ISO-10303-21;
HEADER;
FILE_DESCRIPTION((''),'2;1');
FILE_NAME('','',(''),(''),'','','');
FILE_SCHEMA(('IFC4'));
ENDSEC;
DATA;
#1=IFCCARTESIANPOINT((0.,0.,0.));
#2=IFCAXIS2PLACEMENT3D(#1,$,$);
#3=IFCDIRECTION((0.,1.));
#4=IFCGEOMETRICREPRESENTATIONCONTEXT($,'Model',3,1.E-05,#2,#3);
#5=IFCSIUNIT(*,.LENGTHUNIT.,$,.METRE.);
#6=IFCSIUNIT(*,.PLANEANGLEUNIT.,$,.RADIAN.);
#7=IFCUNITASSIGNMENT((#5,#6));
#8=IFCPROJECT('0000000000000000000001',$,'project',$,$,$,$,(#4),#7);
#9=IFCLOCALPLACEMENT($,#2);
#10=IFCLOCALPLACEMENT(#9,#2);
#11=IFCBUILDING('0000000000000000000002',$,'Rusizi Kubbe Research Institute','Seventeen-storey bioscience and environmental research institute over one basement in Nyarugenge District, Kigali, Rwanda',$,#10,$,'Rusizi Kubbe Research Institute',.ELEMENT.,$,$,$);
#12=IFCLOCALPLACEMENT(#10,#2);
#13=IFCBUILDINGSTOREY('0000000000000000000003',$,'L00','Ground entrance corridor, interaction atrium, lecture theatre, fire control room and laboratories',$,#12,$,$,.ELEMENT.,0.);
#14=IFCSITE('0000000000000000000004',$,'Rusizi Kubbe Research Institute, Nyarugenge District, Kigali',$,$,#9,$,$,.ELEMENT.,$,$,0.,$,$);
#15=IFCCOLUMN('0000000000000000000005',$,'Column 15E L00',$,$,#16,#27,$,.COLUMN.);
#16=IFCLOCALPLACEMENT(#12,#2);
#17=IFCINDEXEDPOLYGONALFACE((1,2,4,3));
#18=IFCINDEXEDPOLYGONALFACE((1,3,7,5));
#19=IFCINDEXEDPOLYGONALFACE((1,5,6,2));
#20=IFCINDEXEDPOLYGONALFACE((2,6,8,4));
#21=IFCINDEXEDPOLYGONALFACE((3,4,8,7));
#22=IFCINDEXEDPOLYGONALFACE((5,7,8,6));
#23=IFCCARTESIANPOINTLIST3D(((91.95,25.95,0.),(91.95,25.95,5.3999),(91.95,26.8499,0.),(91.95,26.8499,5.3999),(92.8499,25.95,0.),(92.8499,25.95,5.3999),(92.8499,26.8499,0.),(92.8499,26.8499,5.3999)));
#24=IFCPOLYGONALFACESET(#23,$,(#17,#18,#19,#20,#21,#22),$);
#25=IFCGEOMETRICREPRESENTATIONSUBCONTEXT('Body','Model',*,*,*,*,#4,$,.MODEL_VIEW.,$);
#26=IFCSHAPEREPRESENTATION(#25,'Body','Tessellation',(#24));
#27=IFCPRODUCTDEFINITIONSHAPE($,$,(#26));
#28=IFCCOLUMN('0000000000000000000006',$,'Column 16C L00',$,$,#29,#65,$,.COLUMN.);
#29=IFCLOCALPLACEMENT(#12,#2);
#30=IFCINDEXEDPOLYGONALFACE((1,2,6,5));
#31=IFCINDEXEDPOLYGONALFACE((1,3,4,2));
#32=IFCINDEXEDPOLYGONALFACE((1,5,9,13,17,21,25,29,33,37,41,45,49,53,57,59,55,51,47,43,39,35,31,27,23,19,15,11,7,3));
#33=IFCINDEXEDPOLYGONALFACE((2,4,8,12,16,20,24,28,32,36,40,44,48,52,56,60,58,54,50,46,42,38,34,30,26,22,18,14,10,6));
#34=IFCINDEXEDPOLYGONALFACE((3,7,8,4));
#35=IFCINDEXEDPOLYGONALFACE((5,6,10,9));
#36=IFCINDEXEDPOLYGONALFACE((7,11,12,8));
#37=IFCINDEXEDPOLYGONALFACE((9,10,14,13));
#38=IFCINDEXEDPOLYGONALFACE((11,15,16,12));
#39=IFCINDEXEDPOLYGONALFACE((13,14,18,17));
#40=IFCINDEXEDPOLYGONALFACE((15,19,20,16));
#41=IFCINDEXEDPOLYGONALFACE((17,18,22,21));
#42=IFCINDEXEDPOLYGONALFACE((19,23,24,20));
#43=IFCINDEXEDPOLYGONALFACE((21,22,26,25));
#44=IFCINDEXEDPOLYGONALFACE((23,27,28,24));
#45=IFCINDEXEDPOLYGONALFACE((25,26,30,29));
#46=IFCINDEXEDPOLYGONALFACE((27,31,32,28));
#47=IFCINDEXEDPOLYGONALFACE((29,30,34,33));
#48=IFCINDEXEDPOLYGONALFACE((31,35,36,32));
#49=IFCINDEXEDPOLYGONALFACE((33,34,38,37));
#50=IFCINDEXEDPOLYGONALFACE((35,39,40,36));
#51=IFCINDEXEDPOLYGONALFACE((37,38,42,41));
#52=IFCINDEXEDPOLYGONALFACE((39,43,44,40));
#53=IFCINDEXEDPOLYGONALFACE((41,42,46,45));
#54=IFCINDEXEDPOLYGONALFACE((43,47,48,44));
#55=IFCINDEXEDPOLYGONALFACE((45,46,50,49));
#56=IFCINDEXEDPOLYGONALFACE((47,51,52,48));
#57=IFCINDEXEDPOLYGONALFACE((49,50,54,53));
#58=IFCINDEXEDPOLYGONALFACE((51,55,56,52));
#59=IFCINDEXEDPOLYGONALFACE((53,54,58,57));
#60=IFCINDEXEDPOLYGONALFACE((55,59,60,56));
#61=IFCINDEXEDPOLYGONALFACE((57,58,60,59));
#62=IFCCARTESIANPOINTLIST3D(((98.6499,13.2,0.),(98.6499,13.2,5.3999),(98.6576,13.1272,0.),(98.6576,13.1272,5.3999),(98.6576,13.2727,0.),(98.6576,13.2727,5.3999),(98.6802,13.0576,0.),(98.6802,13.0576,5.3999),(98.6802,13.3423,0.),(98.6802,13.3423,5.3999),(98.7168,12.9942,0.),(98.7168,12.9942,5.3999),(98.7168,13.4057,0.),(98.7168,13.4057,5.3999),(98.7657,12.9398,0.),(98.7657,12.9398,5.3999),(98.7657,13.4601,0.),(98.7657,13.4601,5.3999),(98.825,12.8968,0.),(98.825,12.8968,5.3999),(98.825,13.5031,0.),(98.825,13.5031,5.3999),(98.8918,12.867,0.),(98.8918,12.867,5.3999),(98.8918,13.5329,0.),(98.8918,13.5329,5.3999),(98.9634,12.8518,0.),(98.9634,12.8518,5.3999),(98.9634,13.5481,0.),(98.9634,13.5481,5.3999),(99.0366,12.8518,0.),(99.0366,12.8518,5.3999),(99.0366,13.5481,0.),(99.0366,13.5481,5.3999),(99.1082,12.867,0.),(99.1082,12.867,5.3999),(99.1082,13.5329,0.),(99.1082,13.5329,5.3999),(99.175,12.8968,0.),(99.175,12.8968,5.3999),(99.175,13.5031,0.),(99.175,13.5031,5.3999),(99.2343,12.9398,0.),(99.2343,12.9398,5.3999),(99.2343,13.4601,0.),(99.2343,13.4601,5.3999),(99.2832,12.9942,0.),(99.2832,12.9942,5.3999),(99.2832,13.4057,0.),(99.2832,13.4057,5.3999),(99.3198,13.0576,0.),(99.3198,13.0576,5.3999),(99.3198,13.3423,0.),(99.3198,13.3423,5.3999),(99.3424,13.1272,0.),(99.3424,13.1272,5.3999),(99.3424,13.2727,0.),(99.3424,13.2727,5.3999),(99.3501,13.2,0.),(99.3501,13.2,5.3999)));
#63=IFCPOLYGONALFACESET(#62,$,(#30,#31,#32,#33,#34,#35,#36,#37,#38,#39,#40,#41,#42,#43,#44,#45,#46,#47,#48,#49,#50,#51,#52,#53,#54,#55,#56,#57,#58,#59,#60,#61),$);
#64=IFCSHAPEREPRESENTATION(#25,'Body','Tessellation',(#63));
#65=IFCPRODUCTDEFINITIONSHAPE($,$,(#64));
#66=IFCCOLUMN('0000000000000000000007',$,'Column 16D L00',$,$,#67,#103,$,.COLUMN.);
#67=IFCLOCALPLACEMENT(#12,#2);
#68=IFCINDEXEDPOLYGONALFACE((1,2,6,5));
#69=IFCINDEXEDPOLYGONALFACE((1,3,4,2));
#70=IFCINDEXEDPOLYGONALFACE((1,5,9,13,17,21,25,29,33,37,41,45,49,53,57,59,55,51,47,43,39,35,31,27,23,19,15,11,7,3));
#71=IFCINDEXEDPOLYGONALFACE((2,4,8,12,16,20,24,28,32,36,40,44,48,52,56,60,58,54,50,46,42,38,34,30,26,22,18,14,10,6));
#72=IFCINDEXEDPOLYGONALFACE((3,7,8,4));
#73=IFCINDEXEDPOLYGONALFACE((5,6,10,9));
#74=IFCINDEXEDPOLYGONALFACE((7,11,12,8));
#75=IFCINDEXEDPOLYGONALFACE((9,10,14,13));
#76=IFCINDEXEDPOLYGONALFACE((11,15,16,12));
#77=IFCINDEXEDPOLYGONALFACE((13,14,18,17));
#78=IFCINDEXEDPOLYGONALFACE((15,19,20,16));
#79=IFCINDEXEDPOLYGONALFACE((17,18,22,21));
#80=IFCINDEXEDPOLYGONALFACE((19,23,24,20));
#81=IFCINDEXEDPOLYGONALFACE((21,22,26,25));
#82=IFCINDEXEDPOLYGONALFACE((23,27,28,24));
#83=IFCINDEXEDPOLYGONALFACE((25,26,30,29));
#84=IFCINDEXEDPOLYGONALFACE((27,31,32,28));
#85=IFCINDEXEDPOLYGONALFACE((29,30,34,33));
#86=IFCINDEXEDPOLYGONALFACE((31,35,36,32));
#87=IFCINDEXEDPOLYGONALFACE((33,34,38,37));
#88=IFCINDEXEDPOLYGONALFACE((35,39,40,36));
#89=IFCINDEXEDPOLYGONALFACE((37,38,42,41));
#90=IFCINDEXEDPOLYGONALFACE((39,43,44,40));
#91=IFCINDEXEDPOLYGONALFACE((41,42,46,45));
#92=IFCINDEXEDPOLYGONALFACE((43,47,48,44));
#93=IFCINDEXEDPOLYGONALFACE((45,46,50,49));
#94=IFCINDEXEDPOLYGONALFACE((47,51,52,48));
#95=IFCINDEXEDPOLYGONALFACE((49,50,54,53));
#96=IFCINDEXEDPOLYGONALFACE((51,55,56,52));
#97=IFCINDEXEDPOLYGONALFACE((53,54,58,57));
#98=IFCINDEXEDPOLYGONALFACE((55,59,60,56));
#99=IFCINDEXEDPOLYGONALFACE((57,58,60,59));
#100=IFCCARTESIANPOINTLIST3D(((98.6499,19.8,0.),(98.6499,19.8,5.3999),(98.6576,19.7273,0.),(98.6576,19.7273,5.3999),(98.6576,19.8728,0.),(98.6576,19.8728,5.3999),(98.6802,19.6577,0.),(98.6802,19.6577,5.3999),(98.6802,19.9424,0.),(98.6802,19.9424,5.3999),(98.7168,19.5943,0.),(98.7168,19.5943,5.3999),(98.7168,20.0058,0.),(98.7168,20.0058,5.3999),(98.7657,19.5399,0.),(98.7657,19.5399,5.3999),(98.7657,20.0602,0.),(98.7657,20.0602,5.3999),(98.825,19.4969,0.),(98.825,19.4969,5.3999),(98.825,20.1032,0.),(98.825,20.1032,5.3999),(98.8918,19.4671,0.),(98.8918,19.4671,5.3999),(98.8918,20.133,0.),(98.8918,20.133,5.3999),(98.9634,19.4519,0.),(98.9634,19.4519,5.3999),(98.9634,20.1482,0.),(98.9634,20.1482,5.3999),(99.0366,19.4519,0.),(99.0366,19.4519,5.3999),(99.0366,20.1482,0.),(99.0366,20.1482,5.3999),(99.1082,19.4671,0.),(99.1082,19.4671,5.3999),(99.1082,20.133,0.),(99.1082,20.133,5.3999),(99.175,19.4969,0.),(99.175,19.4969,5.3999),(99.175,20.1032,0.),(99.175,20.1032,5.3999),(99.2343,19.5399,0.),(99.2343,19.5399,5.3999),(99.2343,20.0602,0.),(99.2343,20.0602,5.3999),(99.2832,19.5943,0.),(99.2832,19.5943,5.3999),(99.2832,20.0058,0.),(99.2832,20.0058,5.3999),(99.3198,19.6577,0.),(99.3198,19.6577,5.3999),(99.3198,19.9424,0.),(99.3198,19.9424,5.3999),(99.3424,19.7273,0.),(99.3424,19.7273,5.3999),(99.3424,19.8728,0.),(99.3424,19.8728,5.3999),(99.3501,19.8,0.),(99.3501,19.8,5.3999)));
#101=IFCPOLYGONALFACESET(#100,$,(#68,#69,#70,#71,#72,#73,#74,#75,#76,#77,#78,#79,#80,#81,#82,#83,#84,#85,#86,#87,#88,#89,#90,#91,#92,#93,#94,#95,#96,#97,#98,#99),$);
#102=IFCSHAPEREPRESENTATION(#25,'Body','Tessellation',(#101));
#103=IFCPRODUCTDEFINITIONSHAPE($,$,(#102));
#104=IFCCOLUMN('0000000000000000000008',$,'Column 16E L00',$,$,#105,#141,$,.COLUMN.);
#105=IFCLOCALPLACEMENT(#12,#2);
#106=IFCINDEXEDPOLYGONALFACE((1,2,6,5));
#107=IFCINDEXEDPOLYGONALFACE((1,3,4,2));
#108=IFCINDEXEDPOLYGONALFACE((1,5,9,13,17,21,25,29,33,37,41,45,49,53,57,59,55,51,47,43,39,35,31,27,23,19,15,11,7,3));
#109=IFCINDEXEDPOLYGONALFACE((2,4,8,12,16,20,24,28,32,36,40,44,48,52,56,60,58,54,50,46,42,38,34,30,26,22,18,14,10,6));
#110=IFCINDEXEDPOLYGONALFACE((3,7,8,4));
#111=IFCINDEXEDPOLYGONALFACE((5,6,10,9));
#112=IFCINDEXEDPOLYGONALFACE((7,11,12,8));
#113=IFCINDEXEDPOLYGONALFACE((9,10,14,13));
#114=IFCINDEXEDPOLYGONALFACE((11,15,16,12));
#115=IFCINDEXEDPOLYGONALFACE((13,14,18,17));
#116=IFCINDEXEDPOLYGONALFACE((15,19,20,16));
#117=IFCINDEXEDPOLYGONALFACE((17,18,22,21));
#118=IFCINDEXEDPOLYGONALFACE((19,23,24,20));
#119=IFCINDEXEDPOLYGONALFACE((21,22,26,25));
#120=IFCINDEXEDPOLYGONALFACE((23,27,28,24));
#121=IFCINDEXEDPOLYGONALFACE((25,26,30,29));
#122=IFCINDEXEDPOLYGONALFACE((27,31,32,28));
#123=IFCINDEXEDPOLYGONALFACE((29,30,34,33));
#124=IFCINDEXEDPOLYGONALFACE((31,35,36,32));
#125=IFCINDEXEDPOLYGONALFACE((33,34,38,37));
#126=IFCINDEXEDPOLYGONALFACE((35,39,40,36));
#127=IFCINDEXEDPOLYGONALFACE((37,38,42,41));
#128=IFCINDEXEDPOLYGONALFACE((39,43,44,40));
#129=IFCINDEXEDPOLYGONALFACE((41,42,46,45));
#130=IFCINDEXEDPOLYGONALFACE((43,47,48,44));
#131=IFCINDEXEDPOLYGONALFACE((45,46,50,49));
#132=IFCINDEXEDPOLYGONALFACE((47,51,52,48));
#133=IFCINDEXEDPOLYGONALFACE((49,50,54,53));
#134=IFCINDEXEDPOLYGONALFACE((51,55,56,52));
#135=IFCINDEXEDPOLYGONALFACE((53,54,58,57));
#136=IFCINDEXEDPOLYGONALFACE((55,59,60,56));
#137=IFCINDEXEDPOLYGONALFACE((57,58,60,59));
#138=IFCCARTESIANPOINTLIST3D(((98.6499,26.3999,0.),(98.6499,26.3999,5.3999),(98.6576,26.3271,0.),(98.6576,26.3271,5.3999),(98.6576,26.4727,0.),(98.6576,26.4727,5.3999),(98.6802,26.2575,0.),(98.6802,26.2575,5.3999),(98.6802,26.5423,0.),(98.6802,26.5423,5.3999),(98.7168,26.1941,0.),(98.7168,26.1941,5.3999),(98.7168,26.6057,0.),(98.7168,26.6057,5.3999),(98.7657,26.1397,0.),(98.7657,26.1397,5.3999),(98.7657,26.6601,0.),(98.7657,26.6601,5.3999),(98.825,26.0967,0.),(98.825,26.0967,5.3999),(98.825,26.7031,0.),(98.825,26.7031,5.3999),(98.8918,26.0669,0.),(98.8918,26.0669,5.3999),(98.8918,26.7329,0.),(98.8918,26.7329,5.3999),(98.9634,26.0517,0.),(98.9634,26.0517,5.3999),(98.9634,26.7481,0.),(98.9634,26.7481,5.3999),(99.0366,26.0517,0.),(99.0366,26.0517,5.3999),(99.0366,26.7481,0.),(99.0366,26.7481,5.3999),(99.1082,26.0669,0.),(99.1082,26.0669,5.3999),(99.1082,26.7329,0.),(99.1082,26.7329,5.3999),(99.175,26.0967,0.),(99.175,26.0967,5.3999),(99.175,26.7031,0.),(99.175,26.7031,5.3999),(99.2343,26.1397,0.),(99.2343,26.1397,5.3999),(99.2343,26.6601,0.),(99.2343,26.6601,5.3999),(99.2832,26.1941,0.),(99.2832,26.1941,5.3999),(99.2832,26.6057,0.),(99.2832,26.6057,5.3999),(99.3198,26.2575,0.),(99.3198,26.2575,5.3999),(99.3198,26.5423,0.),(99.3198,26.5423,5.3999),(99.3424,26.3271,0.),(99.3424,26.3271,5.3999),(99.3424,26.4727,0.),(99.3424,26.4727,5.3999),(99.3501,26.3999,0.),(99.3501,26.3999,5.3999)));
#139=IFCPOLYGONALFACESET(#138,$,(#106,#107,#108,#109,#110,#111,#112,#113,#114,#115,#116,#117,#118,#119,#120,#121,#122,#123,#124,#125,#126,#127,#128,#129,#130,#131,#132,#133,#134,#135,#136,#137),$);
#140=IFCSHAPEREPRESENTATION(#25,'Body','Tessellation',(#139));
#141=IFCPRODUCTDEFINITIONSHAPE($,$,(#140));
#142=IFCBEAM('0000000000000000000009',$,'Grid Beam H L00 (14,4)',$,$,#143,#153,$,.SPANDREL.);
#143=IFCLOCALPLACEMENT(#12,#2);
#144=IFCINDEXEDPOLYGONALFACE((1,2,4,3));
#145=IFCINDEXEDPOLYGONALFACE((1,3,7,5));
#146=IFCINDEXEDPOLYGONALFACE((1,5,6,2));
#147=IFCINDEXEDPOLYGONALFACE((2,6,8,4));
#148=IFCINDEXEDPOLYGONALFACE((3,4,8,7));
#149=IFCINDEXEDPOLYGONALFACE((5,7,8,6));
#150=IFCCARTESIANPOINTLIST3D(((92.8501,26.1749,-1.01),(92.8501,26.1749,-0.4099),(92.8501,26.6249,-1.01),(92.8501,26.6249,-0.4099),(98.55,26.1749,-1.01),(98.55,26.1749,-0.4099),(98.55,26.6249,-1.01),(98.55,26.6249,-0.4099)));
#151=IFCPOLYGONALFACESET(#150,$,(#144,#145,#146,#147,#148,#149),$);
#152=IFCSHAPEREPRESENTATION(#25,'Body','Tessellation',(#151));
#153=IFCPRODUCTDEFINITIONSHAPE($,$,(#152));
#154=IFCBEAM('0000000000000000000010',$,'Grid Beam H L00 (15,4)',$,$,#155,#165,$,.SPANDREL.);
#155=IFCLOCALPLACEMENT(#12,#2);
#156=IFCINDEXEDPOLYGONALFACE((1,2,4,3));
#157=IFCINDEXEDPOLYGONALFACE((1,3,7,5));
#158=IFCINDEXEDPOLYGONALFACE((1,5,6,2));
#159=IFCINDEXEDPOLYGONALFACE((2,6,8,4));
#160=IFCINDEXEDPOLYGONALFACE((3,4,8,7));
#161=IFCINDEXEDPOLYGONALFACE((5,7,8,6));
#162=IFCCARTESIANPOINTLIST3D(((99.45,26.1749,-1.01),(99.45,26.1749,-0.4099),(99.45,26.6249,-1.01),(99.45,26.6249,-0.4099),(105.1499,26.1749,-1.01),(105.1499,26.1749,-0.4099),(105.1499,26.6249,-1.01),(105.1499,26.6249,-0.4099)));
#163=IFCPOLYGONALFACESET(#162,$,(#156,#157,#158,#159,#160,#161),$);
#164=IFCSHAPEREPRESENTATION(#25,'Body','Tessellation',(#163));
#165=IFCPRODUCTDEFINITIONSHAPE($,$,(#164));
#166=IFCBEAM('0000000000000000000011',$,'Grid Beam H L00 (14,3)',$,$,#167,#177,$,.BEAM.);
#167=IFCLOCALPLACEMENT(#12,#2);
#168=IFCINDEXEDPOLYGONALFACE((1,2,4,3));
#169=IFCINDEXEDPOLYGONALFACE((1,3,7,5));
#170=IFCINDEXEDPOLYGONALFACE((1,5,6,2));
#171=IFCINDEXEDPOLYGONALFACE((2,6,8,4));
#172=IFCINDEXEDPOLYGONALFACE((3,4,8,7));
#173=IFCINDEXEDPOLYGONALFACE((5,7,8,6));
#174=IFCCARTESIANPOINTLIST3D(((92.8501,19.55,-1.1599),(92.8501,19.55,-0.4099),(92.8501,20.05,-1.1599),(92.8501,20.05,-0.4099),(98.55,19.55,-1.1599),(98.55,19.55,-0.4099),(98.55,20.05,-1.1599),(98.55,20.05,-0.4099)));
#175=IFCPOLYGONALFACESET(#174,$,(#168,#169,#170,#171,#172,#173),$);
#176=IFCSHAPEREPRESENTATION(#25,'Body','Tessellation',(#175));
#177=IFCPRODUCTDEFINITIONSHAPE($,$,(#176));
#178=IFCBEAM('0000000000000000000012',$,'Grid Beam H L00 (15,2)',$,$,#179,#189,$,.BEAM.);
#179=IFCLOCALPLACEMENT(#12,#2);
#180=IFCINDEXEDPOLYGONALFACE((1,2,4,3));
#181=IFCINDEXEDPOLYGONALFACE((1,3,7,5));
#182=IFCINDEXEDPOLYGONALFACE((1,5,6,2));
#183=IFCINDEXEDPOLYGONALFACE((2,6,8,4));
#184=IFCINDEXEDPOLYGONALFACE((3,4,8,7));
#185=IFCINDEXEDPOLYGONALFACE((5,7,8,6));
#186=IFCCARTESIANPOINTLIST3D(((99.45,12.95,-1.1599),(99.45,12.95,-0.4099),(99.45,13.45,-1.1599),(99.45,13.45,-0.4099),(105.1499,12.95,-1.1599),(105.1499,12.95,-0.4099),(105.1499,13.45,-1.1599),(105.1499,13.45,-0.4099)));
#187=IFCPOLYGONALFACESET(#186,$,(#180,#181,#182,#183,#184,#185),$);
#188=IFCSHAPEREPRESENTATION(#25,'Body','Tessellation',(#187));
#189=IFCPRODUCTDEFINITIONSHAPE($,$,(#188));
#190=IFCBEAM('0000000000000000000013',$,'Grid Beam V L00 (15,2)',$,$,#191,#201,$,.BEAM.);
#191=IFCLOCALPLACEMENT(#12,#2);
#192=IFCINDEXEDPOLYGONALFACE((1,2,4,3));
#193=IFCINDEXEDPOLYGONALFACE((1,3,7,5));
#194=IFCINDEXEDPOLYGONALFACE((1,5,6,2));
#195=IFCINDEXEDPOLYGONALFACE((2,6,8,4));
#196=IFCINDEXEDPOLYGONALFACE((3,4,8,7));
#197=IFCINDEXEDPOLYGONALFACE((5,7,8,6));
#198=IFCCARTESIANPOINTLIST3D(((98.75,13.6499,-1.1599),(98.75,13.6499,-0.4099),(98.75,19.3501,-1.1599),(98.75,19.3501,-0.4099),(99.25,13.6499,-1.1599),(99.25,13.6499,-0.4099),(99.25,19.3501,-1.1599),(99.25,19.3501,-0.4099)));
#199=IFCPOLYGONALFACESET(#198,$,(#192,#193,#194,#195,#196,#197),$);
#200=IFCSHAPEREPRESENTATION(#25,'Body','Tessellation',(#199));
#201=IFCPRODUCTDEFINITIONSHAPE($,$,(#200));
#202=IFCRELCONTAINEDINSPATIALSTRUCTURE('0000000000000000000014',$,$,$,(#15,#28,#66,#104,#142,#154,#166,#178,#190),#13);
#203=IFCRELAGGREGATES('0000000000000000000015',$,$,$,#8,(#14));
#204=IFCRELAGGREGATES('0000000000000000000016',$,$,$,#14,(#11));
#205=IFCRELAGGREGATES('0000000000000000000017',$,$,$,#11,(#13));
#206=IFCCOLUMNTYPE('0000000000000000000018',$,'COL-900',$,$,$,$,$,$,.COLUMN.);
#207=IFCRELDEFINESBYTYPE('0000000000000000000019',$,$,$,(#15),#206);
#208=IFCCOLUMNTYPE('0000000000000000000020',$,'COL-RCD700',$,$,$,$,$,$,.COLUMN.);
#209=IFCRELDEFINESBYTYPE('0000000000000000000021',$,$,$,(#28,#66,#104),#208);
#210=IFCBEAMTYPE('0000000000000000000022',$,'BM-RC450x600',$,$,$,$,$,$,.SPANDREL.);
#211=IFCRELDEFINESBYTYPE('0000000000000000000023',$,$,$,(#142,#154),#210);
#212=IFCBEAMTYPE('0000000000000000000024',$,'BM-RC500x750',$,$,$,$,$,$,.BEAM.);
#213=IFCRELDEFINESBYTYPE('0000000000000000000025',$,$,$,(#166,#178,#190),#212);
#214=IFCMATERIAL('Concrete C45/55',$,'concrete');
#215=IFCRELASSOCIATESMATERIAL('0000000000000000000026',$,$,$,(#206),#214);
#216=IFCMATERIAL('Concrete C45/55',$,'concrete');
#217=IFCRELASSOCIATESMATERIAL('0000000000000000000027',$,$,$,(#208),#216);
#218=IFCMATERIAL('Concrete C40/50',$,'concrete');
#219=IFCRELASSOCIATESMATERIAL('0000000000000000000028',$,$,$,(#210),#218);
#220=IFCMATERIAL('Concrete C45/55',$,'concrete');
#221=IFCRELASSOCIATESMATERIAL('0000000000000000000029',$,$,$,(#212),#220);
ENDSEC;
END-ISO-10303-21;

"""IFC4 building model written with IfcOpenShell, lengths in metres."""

from ifc_helpers import new_model, si_unit, direction, frame, origin, origin_2d, place, context, subcontext, project, spatial, rectangle, circle, extrude, material, material_profile, profile_set, type_object, element, save


model = new_model("IFC4")

# Units and contexts
model_context = context("Model", 3, precision=1e-05, world=origin(), true_north=direction((0.0, 1.0)))
body_context = subcontext(model_context, "Body", "Model", "MODEL_VIEW")
ifc_project = project(units=[si_unit("LENGTHUNIT", "METRE"), si_unit("PLANEANGLEUNIT", "RADIAN")], contexts=[model_context])

# Site, building, storey
site_placement = place(None, origin())
site = spatial("IfcSite", under=ifc_project, at=site_placement, Name="Rusizi Kubbe Research Institute, Nyarugenge District, Kigali", CompositionType="ELEMENT", RefElevation=0.0)
building_placement = place(site_placement, origin())
building = spatial("IfcBuilding", under=site, at=building_placement, Name="Rusizi Kubbe Research Institute", Description="Seventeen-storey bioscience and environmental research institute over one basement in Nyarugenge District, Kigali, Rwanda", LongName="Rusizi Kubbe Research Institute", CompositionType="ELEMENT")
storey_placement = place(building_placement, origin())
storey = spatial("IfcBuildingStorey", under=building, at=storey_placement, Name="L00", Description="Ground entrance corridor, interaction atrium, lecture theatre, fire control room and laboratories", CompositionType="ELEMENT", Elevation=0.0)

# Columns
ifc_material_1 = material(Name="Concrete C45/55", Category="concrete")
ifc_material_profile_1 = material_profile(ifc_material_1, rectangle(XDim=0.8999, YDim=0.8999, at=origin_2d()), Name="RC900x900")
ifc_profile_set_1 = profile_set([ifc_material_profile_1], Name="Concrete C45/55")
column_type_1 = type_object("IfcColumnType", Name="COL-900", PredefinedType="COLUMN", material=ifc_profile_set_1)
column_placement = place(storey_placement, frame((92.3999, 26.3999, 0.0), z_axis=(0.0, 0.0, 1.0), x_axis=(1.0, 0.0, 0.0)))
element("IfcColumn", 1, at=column_placement, inside=storey, type_object=column_type_1, Name="Column 15E L00", PredefinedType="COLUMN", context=body_context, shape_type="SweptSolid", body=[
    extrude(rectangle(XDim=0.8999, YDim=0.8999, at=origin_2d()), origin(), (0.0, 0.0, 1.0), 5.3999),
])
ifc_material_2 = material(Name="Concrete C45/55", Category="concrete")
ifc_material_profile_2 = material_profile(ifc_material_2, circle(Radius=0.3501, at=origin_2d()), Name="RCD700")
ifc_profile_set_2 = profile_set([ifc_material_profile_2], Name="Concrete C45/55")
column_type_2 = type_object("IfcColumnType", Name="COL-RCD700", PredefinedType="COLUMN", material=ifc_profile_set_2)
for number, where, z_axis, x_axis, name in (
    (2, (99.0, 13.2, 0.0), (0.0, 0.0, 1.0), (1.0, 0.0, 0.0), "Column 16C L00"),
    (3, (99.0, 19.8, 0.0), (0.0, 0.0, 1.0), (1.0, 0.0, 0.0), "Column 16D L00"),
    (4, (99.0, 26.3999, 0.0), (0.0, 0.0, 1.0), (1.0, 0.0, 0.0), "Column 16E L00"),
):
    element("IfcColumn", number, at=place(storey_placement, frame(where, z_axis=z_axis, x_axis=x_axis)), inside=storey, type_object=column_type_2, Name=name, PredefinedType="COLUMN", context=body_context, shape_type="SweptSolid", body=[
        extrude(circle(Radius=0.3501, at=origin_2d()), origin(), (0.0, 0.0, 1.0), 5.3999),
    ])

# Beams
ifc_material_3 = material(Name="Concrete C40/50", Category="concrete")
ifc_material_profile_3 = material_profile(ifc_material_3, rectangle(XDim=0.45, YDim=0.6001, at=origin_2d()), Name="RC450x600")
ifc_profile_set_3 = profile_set([ifc_material_profile_3], Name="Concrete C40/50")
beam_type_1 = type_object("IfcBeamType", Name="BM-RC450x600", PredefinedType="SPANDREL", material=ifc_profile_set_3)
for number, where, z_axis, x_axis, name in (
    (5, (92.8501, 26.3999, -0.71), (1.0, 0.0, 0.0), (0.0, 1.0, 0.0), "Grid Beam H L00 (14,4)"),
    (6, (99.45, 26.3999, -0.71), (1.0, 0.0, 0.0), (0.0, 1.0, 0.0), "Grid Beam H L00 (15,4)"),
):
    element("IfcBeam", number, at=place(storey_placement, frame(where, z_axis=z_axis, x_axis=x_axis)), inside=storey, type_object=beam_type_1, Name=name, PredefinedType="SPANDREL", context=body_context, shape_type="SweptSolid", body=[
        extrude(rectangle(XDim=0.45, YDim=0.6001, at=origin_2d()), origin(), (0.0, 0.0, 1.0), 5.7),
    ])
ifc_material_4 = material(Name="Concrete C45/55", Category="concrete")
ifc_material_profile_4 = material_profile(ifc_material_4, rectangle(XDim=0.5, YDim=0.75, at=origin_2d()), Name="RC500x750B")
ifc_profile_set_4 = profile_set([ifc_material_profile_4], Name="Concrete C45/55")
beam_type_2 = type_object("IfcBeamType", Name="BM-RC500x750", PredefinedType="BEAM", material=ifc_profile_set_4)
for number, where, z_axis, x_axis, name in (
    (7, (92.8501, 19.8, -0.7849), (1.0, 0.0, 0.0), (0.0, 1.0, 0.0), "Grid Beam H L00 (14,3)"),
    (8, (99.45, 13.2, -0.7849), (1.0, 0.0, 0.0), (0.0, 1.0, 0.0), "Grid Beam H L00 (15,2)"),
):
    element("IfcBeam", number, at=place(storey_placement, frame(where, z_axis=z_axis, x_axis=x_axis)), inside=storey, type_object=beam_type_2, Name=name, PredefinedType="BEAM", context=body_context, shape_type="SweptSolid", body=[
        extrude(rectangle(XDim=0.5, YDim=0.75, at=origin_2d()), origin(), (0.0, 0.0, 1.0), 5.7),
    ])
beam_1_placement = place(storey_placement, frame((99.0, 13.6499, -0.7849), z_axis=(0.0, 1.0, 0.0), x_axis=(-1.0, 0.0, 0.0)))
element("IfcBeam", 9, at=beam_1_placement, inside=storey, type_object=beam_type_2, Name="Grid Beam V L00 (15,2)", PredefinedType="BEAM", context=body_context, shape_type="SweptSolid", body=[
    extrude(rectangle(XDim=0.5, YDim=0.75, at=origin_2d()), origin(), (0.0, 0.0, 1.0), 5.7002),
])

save(model, "model.ifc")
